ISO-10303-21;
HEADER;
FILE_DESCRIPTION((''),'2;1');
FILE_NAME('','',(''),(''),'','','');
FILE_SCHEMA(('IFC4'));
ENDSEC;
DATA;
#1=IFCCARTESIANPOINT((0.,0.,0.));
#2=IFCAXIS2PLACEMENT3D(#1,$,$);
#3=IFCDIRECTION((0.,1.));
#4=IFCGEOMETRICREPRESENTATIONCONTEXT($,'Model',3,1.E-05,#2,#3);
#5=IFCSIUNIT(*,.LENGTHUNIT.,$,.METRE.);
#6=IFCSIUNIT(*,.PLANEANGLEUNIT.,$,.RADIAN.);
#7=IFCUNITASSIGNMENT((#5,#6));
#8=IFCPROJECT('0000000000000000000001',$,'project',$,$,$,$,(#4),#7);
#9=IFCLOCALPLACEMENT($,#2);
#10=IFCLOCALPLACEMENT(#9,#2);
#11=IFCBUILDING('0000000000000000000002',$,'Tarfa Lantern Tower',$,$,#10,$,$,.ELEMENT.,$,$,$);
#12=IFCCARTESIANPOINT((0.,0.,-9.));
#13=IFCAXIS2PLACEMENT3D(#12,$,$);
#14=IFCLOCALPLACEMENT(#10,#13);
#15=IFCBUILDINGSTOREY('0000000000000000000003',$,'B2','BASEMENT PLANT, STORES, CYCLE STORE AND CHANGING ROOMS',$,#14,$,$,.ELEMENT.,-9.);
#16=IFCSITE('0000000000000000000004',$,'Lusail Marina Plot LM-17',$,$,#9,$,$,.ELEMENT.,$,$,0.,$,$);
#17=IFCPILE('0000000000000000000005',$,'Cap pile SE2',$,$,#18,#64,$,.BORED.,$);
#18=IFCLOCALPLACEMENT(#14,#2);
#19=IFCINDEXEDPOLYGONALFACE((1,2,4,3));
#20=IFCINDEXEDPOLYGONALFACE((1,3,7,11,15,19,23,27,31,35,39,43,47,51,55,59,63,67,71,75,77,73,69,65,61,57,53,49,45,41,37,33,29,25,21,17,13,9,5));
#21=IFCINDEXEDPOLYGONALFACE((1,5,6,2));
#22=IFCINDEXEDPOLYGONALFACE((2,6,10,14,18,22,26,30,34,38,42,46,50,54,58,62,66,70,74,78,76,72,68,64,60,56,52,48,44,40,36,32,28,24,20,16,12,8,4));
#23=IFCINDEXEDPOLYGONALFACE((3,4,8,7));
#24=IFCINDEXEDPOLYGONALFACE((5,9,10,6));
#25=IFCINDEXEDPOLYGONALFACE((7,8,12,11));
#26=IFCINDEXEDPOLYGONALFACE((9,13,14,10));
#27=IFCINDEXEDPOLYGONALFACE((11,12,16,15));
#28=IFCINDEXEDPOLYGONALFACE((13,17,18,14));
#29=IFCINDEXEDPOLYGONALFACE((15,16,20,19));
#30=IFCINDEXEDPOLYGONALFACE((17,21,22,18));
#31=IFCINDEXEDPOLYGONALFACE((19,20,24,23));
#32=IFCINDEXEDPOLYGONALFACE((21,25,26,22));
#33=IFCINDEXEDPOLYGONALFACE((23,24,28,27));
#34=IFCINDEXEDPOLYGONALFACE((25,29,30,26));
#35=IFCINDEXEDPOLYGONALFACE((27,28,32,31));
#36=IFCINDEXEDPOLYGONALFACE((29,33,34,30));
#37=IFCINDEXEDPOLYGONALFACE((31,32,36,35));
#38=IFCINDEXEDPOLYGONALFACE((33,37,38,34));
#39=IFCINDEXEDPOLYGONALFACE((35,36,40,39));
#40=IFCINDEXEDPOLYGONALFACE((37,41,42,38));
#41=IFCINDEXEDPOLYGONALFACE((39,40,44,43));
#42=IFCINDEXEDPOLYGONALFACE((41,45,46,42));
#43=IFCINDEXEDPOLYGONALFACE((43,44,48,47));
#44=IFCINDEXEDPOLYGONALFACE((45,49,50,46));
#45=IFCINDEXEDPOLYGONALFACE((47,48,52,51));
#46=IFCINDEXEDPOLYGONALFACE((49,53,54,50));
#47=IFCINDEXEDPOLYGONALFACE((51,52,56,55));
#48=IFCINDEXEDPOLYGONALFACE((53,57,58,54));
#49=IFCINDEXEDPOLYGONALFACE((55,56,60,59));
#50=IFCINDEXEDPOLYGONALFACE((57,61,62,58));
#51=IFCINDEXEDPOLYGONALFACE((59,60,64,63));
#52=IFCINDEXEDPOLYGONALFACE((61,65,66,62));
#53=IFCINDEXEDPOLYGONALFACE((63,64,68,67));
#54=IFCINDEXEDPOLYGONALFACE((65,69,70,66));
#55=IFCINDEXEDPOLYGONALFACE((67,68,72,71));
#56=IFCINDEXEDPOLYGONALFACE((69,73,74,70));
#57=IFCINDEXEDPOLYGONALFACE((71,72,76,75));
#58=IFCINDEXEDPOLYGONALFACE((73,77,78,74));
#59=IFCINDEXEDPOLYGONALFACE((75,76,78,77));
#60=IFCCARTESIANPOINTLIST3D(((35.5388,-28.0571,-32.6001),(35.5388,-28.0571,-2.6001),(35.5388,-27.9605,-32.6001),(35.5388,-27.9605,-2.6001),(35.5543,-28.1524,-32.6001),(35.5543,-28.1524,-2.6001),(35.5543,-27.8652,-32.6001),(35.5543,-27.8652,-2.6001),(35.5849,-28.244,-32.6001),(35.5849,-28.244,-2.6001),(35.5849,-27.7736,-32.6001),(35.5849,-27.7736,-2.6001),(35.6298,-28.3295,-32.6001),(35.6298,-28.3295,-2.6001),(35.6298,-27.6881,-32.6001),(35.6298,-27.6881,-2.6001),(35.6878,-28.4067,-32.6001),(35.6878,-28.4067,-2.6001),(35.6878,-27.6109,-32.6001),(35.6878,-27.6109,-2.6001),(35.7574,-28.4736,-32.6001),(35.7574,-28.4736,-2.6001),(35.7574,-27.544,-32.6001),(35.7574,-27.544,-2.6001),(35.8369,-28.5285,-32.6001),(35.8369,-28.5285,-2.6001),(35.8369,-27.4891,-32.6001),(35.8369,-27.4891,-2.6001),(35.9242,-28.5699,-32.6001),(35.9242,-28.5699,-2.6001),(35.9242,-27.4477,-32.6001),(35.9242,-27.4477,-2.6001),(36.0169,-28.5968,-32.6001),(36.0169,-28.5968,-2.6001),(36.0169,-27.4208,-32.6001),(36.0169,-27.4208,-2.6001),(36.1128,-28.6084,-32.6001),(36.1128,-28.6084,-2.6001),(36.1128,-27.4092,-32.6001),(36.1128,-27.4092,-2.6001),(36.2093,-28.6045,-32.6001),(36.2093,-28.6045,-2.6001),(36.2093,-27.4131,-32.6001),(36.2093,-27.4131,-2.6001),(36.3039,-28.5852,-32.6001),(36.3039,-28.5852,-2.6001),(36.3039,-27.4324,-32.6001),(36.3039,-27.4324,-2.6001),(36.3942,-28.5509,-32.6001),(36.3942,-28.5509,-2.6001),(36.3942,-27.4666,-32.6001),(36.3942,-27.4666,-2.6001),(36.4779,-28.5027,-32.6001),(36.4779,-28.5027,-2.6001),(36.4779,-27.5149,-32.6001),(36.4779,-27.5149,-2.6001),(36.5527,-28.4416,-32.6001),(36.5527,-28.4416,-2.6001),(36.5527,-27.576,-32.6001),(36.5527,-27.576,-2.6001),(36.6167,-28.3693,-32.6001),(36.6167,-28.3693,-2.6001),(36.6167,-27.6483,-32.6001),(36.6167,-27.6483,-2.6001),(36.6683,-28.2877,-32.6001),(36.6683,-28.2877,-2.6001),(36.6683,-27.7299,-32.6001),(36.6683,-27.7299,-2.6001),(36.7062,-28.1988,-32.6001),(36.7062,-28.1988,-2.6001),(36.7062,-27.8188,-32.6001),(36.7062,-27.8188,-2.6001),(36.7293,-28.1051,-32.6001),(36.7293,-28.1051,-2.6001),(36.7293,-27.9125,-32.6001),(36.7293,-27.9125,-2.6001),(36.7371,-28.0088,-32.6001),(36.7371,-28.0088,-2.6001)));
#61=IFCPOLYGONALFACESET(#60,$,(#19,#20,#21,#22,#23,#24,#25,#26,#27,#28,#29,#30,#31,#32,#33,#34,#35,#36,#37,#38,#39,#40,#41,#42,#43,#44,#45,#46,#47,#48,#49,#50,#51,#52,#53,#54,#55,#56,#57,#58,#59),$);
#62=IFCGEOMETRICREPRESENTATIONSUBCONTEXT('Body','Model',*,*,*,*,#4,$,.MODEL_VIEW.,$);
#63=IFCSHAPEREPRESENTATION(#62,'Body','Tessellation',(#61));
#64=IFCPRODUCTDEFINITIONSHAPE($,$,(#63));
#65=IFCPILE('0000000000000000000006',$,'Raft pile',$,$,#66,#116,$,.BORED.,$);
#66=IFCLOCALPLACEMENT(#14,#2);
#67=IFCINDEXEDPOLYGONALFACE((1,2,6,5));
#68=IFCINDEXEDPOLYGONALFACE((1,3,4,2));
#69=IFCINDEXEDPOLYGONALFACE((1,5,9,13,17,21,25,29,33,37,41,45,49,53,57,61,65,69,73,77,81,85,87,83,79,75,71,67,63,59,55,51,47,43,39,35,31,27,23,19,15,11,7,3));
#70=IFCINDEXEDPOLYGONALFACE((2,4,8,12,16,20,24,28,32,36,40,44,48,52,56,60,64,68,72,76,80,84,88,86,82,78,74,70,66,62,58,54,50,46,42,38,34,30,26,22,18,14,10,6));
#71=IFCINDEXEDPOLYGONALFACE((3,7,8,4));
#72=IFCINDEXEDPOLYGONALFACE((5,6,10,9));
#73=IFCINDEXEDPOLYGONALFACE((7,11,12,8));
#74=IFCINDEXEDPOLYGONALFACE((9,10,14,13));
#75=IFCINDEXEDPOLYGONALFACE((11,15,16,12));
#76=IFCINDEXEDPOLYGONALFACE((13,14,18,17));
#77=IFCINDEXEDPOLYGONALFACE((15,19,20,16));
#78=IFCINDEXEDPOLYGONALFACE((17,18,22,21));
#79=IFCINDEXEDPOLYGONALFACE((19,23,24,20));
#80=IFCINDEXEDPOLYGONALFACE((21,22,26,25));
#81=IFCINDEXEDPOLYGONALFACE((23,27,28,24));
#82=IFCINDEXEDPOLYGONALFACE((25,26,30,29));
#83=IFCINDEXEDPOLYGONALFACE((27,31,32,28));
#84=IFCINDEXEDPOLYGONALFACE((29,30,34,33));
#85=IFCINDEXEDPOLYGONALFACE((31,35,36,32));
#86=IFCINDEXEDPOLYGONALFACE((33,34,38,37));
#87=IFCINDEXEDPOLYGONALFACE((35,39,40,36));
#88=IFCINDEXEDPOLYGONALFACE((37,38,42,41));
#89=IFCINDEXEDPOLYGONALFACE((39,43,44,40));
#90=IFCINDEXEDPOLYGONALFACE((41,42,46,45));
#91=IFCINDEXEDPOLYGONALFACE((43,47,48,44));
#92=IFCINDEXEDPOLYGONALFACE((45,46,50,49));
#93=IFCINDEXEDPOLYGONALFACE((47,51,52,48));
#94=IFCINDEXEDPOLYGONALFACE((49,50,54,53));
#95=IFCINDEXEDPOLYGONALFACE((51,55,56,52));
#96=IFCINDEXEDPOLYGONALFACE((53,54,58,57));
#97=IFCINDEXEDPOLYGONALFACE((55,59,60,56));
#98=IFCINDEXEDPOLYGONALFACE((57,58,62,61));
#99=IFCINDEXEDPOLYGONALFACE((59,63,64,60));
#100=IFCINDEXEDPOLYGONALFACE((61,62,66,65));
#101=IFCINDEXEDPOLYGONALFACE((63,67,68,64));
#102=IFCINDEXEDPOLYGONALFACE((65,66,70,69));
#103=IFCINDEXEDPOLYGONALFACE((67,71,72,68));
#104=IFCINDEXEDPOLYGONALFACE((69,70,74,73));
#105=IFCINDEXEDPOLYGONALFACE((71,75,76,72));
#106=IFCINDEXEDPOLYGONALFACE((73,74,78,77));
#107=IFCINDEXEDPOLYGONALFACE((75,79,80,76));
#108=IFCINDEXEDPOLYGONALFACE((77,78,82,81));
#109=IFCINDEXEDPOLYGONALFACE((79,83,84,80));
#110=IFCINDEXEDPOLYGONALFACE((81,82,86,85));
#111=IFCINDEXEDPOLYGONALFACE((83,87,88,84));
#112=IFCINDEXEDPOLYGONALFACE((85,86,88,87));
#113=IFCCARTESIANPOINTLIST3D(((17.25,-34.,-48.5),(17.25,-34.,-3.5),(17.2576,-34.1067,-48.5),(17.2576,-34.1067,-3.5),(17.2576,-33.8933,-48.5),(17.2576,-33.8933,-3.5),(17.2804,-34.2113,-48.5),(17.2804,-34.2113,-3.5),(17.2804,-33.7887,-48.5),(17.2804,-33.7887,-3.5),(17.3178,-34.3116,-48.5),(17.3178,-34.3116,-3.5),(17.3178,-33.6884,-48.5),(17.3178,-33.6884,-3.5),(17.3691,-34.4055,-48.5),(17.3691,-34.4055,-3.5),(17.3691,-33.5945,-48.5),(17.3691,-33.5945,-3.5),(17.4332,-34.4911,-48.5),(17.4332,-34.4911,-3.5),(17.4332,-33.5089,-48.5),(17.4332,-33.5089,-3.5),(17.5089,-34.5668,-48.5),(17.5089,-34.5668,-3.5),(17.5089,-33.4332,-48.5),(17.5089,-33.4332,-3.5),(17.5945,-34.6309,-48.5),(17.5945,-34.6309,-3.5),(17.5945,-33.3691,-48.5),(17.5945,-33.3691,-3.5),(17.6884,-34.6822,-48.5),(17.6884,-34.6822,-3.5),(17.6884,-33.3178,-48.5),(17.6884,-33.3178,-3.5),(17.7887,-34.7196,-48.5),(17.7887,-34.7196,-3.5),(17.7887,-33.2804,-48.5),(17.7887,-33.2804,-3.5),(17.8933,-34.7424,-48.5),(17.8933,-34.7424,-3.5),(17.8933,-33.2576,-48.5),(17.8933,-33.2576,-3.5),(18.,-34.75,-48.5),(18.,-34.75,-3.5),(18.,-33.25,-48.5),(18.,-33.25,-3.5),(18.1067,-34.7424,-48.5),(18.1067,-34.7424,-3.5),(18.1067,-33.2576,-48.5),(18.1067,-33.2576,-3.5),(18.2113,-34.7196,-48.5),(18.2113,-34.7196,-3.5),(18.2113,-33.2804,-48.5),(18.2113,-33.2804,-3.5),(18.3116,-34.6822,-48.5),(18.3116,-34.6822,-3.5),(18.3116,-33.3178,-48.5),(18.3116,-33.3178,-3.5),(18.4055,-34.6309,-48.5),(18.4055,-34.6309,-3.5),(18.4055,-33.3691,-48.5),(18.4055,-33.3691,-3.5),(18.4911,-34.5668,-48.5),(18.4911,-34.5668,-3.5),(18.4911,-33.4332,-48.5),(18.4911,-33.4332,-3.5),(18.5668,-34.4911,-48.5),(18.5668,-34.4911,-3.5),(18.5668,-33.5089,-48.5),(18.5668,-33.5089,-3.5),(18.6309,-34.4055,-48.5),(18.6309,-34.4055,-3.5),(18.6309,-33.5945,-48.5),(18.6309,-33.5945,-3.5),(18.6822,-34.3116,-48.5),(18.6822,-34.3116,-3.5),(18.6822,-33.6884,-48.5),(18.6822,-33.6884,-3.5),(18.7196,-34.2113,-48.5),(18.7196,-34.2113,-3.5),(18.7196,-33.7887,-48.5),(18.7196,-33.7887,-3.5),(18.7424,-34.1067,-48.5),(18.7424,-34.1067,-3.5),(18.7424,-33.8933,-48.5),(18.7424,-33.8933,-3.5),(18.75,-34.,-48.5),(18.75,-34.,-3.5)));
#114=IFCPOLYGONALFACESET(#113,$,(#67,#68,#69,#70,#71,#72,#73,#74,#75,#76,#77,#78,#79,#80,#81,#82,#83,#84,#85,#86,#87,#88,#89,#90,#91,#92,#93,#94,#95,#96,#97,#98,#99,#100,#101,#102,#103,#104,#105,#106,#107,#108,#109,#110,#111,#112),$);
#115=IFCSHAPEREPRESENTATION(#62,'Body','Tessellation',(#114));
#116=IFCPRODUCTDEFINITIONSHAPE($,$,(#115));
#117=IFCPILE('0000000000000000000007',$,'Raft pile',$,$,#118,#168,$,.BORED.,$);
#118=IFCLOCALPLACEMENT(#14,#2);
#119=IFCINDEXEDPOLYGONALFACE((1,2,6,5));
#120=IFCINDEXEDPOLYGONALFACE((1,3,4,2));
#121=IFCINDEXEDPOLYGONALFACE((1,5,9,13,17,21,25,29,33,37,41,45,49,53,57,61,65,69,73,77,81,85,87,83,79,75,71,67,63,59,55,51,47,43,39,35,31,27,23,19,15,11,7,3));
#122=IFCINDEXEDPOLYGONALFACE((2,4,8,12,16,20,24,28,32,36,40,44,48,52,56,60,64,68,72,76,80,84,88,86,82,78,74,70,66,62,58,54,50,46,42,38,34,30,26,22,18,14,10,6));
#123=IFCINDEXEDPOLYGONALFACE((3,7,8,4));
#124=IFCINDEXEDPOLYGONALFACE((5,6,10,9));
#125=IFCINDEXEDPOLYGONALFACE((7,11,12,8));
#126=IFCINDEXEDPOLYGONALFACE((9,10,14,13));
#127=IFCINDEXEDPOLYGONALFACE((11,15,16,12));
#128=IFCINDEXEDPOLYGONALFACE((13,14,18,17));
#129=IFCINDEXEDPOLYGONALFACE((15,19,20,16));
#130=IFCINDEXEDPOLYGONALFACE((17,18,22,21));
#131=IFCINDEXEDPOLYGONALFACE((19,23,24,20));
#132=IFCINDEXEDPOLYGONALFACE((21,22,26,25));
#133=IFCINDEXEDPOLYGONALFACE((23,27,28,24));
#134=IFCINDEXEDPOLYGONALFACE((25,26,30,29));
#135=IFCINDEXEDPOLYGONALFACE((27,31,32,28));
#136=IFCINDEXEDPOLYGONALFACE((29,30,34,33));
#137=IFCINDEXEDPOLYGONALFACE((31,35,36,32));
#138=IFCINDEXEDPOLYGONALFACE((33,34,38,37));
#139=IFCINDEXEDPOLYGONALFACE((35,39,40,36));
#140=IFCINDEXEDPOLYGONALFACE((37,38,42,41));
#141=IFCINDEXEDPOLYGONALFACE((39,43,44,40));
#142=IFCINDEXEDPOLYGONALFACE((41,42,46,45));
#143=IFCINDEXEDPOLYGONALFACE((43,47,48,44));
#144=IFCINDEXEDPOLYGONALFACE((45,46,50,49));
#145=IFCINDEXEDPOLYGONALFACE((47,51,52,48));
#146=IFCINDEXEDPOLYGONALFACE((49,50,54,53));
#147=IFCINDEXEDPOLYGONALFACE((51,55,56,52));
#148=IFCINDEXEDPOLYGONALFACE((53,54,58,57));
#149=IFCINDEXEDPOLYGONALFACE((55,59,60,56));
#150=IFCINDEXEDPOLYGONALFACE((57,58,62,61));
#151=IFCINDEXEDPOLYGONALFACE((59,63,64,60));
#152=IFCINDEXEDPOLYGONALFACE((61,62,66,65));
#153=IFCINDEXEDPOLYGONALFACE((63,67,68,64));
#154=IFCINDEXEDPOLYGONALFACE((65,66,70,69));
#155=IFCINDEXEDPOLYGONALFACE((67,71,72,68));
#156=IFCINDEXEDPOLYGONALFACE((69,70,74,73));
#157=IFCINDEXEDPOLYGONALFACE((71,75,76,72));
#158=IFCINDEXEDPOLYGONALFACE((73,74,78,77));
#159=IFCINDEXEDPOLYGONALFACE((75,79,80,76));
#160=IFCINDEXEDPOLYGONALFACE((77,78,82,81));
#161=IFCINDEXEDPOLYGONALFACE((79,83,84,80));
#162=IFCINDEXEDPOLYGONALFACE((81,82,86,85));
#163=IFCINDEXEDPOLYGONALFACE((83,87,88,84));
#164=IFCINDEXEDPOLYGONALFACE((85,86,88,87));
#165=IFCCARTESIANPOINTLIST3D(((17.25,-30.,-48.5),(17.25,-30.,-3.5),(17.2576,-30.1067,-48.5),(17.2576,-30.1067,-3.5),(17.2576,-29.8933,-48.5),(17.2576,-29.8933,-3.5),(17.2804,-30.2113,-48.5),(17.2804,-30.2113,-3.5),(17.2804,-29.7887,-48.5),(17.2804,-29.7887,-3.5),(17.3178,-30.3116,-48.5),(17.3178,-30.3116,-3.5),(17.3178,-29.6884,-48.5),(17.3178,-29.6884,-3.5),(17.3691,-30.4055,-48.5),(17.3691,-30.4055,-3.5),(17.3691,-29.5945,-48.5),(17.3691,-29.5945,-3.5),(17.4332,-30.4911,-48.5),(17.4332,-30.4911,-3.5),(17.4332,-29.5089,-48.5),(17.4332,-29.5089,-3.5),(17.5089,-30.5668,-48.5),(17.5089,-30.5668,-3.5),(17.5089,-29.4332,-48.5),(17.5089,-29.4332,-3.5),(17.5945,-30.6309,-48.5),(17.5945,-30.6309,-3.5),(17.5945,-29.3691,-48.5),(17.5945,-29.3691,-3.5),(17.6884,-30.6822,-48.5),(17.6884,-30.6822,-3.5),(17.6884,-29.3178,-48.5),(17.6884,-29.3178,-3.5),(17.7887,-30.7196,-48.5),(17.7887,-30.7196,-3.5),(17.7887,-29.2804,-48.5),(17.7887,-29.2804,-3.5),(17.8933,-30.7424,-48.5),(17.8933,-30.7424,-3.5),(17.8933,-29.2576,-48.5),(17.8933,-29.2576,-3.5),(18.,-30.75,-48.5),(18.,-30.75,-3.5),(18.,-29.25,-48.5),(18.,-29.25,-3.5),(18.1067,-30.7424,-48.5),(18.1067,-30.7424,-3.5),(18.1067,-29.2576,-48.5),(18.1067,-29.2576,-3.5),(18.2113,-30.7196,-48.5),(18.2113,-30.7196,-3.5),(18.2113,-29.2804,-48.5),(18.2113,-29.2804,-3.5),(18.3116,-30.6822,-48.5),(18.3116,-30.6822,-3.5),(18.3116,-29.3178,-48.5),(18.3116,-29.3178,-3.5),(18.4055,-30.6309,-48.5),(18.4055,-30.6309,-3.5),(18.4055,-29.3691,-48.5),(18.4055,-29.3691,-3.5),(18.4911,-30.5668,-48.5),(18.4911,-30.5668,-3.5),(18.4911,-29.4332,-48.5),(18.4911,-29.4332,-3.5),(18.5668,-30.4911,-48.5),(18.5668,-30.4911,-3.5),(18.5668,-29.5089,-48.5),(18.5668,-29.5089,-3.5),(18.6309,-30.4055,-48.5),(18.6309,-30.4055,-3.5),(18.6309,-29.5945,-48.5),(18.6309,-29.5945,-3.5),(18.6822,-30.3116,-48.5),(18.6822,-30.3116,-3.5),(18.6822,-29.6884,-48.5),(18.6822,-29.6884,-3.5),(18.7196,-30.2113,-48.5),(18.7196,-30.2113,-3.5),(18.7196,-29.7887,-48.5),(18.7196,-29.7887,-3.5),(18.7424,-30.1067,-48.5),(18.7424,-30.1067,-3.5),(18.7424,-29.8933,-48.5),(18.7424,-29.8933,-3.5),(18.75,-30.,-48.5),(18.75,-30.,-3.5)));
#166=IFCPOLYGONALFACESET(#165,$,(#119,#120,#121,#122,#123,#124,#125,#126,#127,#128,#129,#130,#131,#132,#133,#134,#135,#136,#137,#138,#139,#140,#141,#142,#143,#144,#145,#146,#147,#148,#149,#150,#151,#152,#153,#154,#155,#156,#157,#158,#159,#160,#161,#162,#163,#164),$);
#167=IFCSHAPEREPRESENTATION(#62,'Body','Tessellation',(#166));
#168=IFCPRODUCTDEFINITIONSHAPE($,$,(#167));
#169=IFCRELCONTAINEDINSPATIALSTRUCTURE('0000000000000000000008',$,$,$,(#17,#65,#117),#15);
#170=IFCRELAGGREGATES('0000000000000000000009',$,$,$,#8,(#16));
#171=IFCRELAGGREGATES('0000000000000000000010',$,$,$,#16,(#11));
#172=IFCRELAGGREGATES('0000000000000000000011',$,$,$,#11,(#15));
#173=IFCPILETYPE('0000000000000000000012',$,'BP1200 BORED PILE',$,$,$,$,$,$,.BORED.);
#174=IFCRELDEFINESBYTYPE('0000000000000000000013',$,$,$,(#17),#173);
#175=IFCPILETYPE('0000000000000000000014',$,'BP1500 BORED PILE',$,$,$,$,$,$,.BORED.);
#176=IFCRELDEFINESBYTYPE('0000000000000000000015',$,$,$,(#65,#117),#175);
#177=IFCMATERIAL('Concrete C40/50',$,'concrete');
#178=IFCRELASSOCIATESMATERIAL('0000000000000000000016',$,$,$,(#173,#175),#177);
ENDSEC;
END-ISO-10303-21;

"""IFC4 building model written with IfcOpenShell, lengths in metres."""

from ifc_helpers import new_model, si_unit, direction, frame, origin, origin_2d, place, context, subcontext, project, spatial, circle, extrude, material, material_profile, profile_set, type_object, element, save


model = new_model("IFC4")

# Units and contexts
model_context = context("Model", 3, precision=1e-05, world=origin(), true_north=direction((0.0, 1.0)))
body_context = subcontext(model_context, "Body", "Model", "MODEL_VIEW")
ifc_project = project(units=[si_unit("LENGTHUNIT", "METRE"), si_unit("PLANEANGLEUNIT", "RADIAN")], contexts=[model_context])

# Site, building, storey
site_placement = place(None, origin())
site = spatial("IfcSite", under=ifc_project, at=site_placement, Name="Lusail Marina Plot LM-17", CompositionType="ELEMENT", RefElevation=0.0)
building_placement = place(site_placement, origin())
building = spatial("IfcBuilding", under=site, at=building_placement, Name="Tarfa Lantern Tower", CompositionType="ELEMENT")
storey_placement = place(building_placement, frame((0.0, 0.0, -9.0)))
storey = spatial("IfcBuildingStorey", under=building, at=storey_placement, Name="B2", Description="BASEMENT PLANT, STORES, CYCLE STORE AND CHANGING ROOMS", CompositionType="ELEMENT", Elevation=-9.0)

# Piles
ifc_material_1 = material(Name="Concrete C40/50", Category="concrete")
ifc_material_profile_1 = material_profile(ifc_material_1, circle(Radius=0.6001, at=origin_2d()), Name="BORED PILE D1200")
ifc_profile_set_1 = profile_set([ifc_material_profile_1], Name="Concrete C40/50")
pile_type_1 = type_object("IfcPileType", Name="BP1200 BORED PILE", PredefinedType="BORED", material=ifc_profile_set_1)
for number, where, z_axis, x_axis, name in (
    (1, (36.137, -28.0088, -2.6001), (0.0, 0.0, -1.0), (1.0, 0.0, 0.0), "Cap pile SE2"),
):
    element("IfcPile", number, at=place(storey_placement, frame(where, z_axis=z_axis, x_axis=x_axis)), inside=storey, type_object=pile_type_1, Name=name, PredefinedType="BORED", context=body_context, shape_type="SweptSolid", body=[
        extrude(circle(Radius=0.6001, at=origin_2d()), origin(), (0.0, 0.0, 1.0), 30.0),
    ])
ifc_material_profile_2 = material_profile(ifc_material_1, circle(Radius=0.75, at=origin_2d()), Name="BORED PILE D1500")
ifc_profile_set_2 = profile_set([ifc_material_profile_2], Name="Concrete C40/50")
pile_type_2 = type_object("IfcPileType", Name="BP1500 BORED PILE", PredefinedType="BORED", material=ifc_profile_set_2)
for number, where, z_axis, x_axis, name in (
    (2, (18.0, -34.0, -3.5), (0.0, 0.0, -1.0), (1.0, 0.0, 0.0), "Raft pile"),
    (3, (18.0, -30.0, -3.5), (0.0, 0.0, -1.0), (1.0, 0.0, 0.0), "Raft pile"),
):
    element("IfcPile", number, at=place(storey_placement, frame(where, z_axis=z_axis, x_axis=x_axis)), inside=storey, type_object=pile_type_2, Name=name, PredefinedType="BORED", context=body_context, shape_type="SweptSolid", body=[
        extrude(circle(Radius=0.75, at=origin_2d()), origin(), (0.0, 0.0, 1.0), 45.0),
    ])

save(model, "model.ifc")
